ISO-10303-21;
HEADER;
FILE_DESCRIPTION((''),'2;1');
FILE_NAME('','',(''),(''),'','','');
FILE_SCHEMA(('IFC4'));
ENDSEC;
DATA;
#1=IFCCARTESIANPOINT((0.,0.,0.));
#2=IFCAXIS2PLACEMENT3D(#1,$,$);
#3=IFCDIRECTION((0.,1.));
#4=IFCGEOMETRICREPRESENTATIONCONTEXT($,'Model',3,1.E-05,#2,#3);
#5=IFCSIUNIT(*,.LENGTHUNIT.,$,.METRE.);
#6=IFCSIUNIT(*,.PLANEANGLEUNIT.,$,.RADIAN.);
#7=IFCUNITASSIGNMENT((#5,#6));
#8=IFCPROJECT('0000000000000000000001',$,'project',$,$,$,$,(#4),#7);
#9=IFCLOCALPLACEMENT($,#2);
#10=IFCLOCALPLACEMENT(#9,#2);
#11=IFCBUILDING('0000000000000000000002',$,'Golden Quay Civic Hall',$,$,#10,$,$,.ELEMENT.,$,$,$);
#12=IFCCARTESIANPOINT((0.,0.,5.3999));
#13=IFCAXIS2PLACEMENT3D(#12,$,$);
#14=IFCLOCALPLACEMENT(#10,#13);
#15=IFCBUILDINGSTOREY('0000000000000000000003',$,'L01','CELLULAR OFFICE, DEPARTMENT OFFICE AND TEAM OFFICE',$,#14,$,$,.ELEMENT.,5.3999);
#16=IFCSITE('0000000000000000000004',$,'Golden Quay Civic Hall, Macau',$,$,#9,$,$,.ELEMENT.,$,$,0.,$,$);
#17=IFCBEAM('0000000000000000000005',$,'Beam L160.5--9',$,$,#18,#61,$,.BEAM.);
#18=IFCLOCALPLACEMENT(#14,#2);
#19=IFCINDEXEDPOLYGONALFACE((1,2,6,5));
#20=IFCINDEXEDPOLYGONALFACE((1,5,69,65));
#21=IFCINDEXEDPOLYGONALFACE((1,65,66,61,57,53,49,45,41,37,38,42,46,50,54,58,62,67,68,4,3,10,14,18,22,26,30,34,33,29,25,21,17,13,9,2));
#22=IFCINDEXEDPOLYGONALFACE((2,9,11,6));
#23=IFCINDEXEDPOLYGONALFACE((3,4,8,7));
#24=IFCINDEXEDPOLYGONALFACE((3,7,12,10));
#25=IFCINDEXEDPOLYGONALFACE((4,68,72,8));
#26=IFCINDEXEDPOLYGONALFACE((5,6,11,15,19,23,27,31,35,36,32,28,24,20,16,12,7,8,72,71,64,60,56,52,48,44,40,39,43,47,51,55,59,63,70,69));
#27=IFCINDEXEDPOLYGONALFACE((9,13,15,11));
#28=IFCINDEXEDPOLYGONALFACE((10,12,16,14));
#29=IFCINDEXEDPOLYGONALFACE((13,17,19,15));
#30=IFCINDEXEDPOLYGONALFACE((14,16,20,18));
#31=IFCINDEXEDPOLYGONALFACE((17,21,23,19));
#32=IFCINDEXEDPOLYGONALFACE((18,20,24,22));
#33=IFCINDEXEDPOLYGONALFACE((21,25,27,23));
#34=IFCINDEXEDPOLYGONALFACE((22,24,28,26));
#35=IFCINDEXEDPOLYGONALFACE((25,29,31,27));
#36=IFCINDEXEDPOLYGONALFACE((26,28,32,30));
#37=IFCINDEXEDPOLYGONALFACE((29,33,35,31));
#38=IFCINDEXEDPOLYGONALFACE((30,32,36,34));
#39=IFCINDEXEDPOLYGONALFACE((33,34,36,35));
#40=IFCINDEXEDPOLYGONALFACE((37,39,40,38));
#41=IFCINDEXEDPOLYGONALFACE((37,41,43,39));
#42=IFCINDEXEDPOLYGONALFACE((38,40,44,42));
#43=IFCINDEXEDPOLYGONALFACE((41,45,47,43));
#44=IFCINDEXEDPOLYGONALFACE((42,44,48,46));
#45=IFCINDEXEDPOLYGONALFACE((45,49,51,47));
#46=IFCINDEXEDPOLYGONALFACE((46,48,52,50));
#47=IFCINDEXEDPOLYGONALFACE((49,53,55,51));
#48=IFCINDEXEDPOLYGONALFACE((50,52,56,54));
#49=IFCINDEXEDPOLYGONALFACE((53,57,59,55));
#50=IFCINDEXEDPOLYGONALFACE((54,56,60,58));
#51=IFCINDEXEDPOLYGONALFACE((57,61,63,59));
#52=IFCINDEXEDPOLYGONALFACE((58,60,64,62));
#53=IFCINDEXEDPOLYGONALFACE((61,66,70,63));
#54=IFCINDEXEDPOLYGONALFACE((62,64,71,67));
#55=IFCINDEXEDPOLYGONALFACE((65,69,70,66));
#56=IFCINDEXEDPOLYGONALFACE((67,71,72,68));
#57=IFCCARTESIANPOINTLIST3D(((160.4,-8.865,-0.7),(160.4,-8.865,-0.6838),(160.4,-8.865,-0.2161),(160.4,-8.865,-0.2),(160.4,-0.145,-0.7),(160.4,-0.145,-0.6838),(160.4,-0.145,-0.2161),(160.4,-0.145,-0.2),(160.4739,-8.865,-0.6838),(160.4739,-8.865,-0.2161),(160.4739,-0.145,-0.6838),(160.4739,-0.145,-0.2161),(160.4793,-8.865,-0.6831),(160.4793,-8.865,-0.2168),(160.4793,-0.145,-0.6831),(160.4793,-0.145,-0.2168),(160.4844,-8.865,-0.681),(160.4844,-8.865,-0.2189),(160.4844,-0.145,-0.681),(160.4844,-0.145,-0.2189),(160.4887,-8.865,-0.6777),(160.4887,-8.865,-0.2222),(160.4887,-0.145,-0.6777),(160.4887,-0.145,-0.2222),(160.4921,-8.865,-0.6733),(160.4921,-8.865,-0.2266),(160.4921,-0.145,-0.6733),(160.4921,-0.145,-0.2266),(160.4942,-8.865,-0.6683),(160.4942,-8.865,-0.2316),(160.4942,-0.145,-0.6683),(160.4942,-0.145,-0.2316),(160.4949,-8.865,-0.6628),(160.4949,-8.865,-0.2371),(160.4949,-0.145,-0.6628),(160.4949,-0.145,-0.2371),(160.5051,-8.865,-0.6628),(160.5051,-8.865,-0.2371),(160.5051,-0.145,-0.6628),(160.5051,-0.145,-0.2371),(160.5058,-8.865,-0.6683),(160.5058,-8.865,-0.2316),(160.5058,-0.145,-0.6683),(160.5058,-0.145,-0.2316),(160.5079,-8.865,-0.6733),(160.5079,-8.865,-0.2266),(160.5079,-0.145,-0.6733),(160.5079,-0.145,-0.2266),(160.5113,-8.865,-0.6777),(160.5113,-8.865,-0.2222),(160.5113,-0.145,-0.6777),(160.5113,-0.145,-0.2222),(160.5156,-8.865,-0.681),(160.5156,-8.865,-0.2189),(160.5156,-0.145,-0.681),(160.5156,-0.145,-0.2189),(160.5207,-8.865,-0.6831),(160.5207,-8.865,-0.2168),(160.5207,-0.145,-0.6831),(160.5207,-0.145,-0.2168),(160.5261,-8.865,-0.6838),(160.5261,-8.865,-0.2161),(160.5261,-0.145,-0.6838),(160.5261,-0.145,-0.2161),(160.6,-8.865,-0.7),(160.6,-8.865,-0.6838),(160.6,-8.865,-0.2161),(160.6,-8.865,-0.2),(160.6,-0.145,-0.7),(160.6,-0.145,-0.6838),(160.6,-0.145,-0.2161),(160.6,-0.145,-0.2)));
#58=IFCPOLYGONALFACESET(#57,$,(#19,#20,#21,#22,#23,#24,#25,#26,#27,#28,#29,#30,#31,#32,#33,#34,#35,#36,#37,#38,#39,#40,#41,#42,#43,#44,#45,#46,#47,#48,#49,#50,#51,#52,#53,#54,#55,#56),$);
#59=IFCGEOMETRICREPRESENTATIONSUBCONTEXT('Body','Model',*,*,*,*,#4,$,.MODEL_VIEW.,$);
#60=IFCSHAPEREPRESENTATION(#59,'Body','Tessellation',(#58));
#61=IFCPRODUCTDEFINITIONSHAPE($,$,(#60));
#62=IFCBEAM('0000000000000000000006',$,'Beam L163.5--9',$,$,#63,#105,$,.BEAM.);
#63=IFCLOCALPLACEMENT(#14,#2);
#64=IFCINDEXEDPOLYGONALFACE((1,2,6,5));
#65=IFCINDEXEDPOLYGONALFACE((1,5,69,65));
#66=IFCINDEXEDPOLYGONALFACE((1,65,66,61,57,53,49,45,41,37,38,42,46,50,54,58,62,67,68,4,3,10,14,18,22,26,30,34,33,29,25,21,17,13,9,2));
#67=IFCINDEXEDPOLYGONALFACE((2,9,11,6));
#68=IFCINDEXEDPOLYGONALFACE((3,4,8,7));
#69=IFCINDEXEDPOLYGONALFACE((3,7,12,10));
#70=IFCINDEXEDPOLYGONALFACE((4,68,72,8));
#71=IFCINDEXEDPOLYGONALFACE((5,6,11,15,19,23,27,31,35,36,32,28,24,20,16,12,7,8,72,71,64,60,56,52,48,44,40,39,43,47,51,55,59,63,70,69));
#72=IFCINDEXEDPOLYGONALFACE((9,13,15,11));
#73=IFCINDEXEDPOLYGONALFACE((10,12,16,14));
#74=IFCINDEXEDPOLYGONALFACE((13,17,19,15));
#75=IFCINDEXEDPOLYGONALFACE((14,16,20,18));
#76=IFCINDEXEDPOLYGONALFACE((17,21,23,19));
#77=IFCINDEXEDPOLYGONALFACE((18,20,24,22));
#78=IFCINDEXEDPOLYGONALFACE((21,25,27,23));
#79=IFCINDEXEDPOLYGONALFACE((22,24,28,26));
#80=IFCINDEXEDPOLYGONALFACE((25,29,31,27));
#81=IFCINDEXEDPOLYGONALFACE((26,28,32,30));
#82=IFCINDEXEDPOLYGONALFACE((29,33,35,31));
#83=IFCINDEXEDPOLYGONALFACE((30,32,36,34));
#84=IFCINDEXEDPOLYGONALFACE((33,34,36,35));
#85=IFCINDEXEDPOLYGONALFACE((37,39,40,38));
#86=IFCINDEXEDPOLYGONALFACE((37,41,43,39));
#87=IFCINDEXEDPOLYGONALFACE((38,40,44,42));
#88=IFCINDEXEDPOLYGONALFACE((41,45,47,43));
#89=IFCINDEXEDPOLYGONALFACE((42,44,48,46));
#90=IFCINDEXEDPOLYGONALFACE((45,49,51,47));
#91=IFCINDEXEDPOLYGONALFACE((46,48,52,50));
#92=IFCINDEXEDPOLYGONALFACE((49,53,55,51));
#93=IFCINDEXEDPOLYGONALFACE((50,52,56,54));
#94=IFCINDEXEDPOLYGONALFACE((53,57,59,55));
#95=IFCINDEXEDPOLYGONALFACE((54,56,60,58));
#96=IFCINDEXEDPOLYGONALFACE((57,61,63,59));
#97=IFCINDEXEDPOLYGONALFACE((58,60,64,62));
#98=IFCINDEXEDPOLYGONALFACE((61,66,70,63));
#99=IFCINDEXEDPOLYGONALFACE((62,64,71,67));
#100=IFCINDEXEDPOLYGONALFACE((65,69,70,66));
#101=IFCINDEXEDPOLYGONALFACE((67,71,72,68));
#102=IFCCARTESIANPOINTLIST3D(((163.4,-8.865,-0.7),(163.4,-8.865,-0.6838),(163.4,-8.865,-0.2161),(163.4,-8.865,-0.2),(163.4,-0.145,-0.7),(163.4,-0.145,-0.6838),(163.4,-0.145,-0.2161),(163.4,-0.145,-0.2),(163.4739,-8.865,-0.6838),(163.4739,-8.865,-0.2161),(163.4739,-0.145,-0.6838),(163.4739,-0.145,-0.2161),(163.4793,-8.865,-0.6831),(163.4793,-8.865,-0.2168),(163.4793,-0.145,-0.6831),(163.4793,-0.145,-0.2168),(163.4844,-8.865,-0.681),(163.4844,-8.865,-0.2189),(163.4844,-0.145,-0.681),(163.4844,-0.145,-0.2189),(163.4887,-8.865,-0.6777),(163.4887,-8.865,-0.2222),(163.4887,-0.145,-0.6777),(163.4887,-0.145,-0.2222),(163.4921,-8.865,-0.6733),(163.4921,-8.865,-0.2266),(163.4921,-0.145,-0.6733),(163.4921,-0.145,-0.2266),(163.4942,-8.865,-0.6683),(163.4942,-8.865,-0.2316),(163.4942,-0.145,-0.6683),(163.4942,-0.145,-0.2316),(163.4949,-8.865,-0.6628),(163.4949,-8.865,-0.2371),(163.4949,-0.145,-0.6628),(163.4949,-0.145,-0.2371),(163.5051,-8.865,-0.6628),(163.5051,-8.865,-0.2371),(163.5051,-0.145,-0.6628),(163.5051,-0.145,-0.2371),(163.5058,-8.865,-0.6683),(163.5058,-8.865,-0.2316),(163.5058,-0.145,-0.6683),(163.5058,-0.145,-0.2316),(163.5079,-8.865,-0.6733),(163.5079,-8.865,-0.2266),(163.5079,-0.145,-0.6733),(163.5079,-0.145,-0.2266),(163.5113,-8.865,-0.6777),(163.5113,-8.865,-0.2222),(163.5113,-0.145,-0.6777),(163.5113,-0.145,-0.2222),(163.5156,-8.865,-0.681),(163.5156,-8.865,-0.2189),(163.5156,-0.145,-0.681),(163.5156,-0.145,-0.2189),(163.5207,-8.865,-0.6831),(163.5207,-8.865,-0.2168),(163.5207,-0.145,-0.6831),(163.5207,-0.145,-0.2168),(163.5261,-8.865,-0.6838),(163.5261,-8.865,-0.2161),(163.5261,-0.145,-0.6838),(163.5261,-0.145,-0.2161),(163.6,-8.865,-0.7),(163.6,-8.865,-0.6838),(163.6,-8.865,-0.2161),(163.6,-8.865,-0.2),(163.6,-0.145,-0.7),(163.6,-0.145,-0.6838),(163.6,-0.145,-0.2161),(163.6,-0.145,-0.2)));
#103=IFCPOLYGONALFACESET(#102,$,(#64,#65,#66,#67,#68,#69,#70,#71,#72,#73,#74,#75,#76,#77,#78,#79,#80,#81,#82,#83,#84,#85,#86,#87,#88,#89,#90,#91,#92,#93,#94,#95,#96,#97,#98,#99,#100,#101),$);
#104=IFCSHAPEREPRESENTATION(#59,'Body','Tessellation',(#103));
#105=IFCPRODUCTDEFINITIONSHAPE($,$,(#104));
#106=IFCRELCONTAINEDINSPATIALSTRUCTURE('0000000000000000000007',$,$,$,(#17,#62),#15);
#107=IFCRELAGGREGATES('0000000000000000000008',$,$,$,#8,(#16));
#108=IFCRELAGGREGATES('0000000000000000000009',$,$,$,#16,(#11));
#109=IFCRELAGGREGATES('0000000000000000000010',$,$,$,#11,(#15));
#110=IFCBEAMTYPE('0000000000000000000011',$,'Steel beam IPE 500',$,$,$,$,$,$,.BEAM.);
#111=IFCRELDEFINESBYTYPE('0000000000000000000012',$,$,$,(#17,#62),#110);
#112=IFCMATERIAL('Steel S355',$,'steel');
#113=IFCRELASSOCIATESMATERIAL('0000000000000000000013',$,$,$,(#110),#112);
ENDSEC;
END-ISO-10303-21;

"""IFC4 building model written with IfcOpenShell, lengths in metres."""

from ifc_helpers import new_model, si_unit, direction, frame, origin, origin_2d, place, context, subcontext, project, spatial, i_section, extrude, material, material_profile, profile_set, type_object, element, save


model = new_model("IFC4")

# Units and contexts
model_context = context("Model", 3, precision=1e-05, world=origin(), true_north=direction((0.0, 1.0)))
body_context = subcontext(model_context, "Body", "Model", "MODEL_VIEW")
ifc_project = project(units=[si_unit("LENGTHUNIT", "METRE"), si_unit("PLANEANGLEUNIT", "RADIAN")], contexts=[model_context])

# Site, building, storey
site_placement = place(None, origin())
site = spatial("IfcSite", under=ifc_project, at=site_placement, Name="Golden Quay Civic Hall, Macau", CompositionType="ELEMENT", RefElevation=0.0)
building_placement = place(site_placement, origin())
building = spatial("IfcBuilding", under=site, at=building_placement, Name="Golden Quay Civic Hall", CompositionType="ELEMENT")
storey_placement = place(building_placement, frame((0.0, 0.0, 5.3999)))
storey = spatial("IfcBuildingStorey", under=building, at=storey_placement, Name="L01", Description="CELLULAR OFFICE, DEPARTMENT OFFICE AND TEAM OFFICE", CompositionType="ELEMENT", Elevation=5.3999)

# Beams
ifc_material_1 = material(Name="Steel S355", Category="steel")
ifc_material_profile = material_profile(ifc_material_1, i_section(OverallWidth=0.2, OverallDepth=0.5, WebThickness=0.0103, FlangeThickness=0.0161, FilletRadius=0.021, at=origin_2d()), Name="IPE 500")
ifc_profile_set = profile_set([ifc_material_profile], Name="Steel S355")
beam_type = type_object("IfcBeamType", Name="Steel beam IPE 500", PredefinedType="BEAM", material=ifc_profile_set)
for number, where, z_axis, x_axis, name in (
    (1, (160.5, -8.865, -0.45), (0.0, 1.0, 0.0), (-1.0, 0.0, 0.0), "Beam L160.5--9"),
    (2, (163.5, -8.865, -0.45), (0.0, 1.0, 0.0), (-1.0, 0.0, 0.0), "Beam L163.5--9"),
):
    element("IfcBeam", number, at=place(storey_placement, frame(where, z_axis=z_axis, x_axis=x_axis)), inside=storey, type_object=beam_type, Name=name, PredefinedType="BEAM", context=body_context, shape_type="SweptSolid", body=[
        extrude(i_section(OverallWidth=0.2, OverallDepth=0.5, WebThickness=0.0103, FlangeThickness=0.0161, FilletRadius=0.021, at=origin_2d()), origin(), (0.0, 0.0, 1.0), 8.72),
    ])

save(model, "model.ifc")
